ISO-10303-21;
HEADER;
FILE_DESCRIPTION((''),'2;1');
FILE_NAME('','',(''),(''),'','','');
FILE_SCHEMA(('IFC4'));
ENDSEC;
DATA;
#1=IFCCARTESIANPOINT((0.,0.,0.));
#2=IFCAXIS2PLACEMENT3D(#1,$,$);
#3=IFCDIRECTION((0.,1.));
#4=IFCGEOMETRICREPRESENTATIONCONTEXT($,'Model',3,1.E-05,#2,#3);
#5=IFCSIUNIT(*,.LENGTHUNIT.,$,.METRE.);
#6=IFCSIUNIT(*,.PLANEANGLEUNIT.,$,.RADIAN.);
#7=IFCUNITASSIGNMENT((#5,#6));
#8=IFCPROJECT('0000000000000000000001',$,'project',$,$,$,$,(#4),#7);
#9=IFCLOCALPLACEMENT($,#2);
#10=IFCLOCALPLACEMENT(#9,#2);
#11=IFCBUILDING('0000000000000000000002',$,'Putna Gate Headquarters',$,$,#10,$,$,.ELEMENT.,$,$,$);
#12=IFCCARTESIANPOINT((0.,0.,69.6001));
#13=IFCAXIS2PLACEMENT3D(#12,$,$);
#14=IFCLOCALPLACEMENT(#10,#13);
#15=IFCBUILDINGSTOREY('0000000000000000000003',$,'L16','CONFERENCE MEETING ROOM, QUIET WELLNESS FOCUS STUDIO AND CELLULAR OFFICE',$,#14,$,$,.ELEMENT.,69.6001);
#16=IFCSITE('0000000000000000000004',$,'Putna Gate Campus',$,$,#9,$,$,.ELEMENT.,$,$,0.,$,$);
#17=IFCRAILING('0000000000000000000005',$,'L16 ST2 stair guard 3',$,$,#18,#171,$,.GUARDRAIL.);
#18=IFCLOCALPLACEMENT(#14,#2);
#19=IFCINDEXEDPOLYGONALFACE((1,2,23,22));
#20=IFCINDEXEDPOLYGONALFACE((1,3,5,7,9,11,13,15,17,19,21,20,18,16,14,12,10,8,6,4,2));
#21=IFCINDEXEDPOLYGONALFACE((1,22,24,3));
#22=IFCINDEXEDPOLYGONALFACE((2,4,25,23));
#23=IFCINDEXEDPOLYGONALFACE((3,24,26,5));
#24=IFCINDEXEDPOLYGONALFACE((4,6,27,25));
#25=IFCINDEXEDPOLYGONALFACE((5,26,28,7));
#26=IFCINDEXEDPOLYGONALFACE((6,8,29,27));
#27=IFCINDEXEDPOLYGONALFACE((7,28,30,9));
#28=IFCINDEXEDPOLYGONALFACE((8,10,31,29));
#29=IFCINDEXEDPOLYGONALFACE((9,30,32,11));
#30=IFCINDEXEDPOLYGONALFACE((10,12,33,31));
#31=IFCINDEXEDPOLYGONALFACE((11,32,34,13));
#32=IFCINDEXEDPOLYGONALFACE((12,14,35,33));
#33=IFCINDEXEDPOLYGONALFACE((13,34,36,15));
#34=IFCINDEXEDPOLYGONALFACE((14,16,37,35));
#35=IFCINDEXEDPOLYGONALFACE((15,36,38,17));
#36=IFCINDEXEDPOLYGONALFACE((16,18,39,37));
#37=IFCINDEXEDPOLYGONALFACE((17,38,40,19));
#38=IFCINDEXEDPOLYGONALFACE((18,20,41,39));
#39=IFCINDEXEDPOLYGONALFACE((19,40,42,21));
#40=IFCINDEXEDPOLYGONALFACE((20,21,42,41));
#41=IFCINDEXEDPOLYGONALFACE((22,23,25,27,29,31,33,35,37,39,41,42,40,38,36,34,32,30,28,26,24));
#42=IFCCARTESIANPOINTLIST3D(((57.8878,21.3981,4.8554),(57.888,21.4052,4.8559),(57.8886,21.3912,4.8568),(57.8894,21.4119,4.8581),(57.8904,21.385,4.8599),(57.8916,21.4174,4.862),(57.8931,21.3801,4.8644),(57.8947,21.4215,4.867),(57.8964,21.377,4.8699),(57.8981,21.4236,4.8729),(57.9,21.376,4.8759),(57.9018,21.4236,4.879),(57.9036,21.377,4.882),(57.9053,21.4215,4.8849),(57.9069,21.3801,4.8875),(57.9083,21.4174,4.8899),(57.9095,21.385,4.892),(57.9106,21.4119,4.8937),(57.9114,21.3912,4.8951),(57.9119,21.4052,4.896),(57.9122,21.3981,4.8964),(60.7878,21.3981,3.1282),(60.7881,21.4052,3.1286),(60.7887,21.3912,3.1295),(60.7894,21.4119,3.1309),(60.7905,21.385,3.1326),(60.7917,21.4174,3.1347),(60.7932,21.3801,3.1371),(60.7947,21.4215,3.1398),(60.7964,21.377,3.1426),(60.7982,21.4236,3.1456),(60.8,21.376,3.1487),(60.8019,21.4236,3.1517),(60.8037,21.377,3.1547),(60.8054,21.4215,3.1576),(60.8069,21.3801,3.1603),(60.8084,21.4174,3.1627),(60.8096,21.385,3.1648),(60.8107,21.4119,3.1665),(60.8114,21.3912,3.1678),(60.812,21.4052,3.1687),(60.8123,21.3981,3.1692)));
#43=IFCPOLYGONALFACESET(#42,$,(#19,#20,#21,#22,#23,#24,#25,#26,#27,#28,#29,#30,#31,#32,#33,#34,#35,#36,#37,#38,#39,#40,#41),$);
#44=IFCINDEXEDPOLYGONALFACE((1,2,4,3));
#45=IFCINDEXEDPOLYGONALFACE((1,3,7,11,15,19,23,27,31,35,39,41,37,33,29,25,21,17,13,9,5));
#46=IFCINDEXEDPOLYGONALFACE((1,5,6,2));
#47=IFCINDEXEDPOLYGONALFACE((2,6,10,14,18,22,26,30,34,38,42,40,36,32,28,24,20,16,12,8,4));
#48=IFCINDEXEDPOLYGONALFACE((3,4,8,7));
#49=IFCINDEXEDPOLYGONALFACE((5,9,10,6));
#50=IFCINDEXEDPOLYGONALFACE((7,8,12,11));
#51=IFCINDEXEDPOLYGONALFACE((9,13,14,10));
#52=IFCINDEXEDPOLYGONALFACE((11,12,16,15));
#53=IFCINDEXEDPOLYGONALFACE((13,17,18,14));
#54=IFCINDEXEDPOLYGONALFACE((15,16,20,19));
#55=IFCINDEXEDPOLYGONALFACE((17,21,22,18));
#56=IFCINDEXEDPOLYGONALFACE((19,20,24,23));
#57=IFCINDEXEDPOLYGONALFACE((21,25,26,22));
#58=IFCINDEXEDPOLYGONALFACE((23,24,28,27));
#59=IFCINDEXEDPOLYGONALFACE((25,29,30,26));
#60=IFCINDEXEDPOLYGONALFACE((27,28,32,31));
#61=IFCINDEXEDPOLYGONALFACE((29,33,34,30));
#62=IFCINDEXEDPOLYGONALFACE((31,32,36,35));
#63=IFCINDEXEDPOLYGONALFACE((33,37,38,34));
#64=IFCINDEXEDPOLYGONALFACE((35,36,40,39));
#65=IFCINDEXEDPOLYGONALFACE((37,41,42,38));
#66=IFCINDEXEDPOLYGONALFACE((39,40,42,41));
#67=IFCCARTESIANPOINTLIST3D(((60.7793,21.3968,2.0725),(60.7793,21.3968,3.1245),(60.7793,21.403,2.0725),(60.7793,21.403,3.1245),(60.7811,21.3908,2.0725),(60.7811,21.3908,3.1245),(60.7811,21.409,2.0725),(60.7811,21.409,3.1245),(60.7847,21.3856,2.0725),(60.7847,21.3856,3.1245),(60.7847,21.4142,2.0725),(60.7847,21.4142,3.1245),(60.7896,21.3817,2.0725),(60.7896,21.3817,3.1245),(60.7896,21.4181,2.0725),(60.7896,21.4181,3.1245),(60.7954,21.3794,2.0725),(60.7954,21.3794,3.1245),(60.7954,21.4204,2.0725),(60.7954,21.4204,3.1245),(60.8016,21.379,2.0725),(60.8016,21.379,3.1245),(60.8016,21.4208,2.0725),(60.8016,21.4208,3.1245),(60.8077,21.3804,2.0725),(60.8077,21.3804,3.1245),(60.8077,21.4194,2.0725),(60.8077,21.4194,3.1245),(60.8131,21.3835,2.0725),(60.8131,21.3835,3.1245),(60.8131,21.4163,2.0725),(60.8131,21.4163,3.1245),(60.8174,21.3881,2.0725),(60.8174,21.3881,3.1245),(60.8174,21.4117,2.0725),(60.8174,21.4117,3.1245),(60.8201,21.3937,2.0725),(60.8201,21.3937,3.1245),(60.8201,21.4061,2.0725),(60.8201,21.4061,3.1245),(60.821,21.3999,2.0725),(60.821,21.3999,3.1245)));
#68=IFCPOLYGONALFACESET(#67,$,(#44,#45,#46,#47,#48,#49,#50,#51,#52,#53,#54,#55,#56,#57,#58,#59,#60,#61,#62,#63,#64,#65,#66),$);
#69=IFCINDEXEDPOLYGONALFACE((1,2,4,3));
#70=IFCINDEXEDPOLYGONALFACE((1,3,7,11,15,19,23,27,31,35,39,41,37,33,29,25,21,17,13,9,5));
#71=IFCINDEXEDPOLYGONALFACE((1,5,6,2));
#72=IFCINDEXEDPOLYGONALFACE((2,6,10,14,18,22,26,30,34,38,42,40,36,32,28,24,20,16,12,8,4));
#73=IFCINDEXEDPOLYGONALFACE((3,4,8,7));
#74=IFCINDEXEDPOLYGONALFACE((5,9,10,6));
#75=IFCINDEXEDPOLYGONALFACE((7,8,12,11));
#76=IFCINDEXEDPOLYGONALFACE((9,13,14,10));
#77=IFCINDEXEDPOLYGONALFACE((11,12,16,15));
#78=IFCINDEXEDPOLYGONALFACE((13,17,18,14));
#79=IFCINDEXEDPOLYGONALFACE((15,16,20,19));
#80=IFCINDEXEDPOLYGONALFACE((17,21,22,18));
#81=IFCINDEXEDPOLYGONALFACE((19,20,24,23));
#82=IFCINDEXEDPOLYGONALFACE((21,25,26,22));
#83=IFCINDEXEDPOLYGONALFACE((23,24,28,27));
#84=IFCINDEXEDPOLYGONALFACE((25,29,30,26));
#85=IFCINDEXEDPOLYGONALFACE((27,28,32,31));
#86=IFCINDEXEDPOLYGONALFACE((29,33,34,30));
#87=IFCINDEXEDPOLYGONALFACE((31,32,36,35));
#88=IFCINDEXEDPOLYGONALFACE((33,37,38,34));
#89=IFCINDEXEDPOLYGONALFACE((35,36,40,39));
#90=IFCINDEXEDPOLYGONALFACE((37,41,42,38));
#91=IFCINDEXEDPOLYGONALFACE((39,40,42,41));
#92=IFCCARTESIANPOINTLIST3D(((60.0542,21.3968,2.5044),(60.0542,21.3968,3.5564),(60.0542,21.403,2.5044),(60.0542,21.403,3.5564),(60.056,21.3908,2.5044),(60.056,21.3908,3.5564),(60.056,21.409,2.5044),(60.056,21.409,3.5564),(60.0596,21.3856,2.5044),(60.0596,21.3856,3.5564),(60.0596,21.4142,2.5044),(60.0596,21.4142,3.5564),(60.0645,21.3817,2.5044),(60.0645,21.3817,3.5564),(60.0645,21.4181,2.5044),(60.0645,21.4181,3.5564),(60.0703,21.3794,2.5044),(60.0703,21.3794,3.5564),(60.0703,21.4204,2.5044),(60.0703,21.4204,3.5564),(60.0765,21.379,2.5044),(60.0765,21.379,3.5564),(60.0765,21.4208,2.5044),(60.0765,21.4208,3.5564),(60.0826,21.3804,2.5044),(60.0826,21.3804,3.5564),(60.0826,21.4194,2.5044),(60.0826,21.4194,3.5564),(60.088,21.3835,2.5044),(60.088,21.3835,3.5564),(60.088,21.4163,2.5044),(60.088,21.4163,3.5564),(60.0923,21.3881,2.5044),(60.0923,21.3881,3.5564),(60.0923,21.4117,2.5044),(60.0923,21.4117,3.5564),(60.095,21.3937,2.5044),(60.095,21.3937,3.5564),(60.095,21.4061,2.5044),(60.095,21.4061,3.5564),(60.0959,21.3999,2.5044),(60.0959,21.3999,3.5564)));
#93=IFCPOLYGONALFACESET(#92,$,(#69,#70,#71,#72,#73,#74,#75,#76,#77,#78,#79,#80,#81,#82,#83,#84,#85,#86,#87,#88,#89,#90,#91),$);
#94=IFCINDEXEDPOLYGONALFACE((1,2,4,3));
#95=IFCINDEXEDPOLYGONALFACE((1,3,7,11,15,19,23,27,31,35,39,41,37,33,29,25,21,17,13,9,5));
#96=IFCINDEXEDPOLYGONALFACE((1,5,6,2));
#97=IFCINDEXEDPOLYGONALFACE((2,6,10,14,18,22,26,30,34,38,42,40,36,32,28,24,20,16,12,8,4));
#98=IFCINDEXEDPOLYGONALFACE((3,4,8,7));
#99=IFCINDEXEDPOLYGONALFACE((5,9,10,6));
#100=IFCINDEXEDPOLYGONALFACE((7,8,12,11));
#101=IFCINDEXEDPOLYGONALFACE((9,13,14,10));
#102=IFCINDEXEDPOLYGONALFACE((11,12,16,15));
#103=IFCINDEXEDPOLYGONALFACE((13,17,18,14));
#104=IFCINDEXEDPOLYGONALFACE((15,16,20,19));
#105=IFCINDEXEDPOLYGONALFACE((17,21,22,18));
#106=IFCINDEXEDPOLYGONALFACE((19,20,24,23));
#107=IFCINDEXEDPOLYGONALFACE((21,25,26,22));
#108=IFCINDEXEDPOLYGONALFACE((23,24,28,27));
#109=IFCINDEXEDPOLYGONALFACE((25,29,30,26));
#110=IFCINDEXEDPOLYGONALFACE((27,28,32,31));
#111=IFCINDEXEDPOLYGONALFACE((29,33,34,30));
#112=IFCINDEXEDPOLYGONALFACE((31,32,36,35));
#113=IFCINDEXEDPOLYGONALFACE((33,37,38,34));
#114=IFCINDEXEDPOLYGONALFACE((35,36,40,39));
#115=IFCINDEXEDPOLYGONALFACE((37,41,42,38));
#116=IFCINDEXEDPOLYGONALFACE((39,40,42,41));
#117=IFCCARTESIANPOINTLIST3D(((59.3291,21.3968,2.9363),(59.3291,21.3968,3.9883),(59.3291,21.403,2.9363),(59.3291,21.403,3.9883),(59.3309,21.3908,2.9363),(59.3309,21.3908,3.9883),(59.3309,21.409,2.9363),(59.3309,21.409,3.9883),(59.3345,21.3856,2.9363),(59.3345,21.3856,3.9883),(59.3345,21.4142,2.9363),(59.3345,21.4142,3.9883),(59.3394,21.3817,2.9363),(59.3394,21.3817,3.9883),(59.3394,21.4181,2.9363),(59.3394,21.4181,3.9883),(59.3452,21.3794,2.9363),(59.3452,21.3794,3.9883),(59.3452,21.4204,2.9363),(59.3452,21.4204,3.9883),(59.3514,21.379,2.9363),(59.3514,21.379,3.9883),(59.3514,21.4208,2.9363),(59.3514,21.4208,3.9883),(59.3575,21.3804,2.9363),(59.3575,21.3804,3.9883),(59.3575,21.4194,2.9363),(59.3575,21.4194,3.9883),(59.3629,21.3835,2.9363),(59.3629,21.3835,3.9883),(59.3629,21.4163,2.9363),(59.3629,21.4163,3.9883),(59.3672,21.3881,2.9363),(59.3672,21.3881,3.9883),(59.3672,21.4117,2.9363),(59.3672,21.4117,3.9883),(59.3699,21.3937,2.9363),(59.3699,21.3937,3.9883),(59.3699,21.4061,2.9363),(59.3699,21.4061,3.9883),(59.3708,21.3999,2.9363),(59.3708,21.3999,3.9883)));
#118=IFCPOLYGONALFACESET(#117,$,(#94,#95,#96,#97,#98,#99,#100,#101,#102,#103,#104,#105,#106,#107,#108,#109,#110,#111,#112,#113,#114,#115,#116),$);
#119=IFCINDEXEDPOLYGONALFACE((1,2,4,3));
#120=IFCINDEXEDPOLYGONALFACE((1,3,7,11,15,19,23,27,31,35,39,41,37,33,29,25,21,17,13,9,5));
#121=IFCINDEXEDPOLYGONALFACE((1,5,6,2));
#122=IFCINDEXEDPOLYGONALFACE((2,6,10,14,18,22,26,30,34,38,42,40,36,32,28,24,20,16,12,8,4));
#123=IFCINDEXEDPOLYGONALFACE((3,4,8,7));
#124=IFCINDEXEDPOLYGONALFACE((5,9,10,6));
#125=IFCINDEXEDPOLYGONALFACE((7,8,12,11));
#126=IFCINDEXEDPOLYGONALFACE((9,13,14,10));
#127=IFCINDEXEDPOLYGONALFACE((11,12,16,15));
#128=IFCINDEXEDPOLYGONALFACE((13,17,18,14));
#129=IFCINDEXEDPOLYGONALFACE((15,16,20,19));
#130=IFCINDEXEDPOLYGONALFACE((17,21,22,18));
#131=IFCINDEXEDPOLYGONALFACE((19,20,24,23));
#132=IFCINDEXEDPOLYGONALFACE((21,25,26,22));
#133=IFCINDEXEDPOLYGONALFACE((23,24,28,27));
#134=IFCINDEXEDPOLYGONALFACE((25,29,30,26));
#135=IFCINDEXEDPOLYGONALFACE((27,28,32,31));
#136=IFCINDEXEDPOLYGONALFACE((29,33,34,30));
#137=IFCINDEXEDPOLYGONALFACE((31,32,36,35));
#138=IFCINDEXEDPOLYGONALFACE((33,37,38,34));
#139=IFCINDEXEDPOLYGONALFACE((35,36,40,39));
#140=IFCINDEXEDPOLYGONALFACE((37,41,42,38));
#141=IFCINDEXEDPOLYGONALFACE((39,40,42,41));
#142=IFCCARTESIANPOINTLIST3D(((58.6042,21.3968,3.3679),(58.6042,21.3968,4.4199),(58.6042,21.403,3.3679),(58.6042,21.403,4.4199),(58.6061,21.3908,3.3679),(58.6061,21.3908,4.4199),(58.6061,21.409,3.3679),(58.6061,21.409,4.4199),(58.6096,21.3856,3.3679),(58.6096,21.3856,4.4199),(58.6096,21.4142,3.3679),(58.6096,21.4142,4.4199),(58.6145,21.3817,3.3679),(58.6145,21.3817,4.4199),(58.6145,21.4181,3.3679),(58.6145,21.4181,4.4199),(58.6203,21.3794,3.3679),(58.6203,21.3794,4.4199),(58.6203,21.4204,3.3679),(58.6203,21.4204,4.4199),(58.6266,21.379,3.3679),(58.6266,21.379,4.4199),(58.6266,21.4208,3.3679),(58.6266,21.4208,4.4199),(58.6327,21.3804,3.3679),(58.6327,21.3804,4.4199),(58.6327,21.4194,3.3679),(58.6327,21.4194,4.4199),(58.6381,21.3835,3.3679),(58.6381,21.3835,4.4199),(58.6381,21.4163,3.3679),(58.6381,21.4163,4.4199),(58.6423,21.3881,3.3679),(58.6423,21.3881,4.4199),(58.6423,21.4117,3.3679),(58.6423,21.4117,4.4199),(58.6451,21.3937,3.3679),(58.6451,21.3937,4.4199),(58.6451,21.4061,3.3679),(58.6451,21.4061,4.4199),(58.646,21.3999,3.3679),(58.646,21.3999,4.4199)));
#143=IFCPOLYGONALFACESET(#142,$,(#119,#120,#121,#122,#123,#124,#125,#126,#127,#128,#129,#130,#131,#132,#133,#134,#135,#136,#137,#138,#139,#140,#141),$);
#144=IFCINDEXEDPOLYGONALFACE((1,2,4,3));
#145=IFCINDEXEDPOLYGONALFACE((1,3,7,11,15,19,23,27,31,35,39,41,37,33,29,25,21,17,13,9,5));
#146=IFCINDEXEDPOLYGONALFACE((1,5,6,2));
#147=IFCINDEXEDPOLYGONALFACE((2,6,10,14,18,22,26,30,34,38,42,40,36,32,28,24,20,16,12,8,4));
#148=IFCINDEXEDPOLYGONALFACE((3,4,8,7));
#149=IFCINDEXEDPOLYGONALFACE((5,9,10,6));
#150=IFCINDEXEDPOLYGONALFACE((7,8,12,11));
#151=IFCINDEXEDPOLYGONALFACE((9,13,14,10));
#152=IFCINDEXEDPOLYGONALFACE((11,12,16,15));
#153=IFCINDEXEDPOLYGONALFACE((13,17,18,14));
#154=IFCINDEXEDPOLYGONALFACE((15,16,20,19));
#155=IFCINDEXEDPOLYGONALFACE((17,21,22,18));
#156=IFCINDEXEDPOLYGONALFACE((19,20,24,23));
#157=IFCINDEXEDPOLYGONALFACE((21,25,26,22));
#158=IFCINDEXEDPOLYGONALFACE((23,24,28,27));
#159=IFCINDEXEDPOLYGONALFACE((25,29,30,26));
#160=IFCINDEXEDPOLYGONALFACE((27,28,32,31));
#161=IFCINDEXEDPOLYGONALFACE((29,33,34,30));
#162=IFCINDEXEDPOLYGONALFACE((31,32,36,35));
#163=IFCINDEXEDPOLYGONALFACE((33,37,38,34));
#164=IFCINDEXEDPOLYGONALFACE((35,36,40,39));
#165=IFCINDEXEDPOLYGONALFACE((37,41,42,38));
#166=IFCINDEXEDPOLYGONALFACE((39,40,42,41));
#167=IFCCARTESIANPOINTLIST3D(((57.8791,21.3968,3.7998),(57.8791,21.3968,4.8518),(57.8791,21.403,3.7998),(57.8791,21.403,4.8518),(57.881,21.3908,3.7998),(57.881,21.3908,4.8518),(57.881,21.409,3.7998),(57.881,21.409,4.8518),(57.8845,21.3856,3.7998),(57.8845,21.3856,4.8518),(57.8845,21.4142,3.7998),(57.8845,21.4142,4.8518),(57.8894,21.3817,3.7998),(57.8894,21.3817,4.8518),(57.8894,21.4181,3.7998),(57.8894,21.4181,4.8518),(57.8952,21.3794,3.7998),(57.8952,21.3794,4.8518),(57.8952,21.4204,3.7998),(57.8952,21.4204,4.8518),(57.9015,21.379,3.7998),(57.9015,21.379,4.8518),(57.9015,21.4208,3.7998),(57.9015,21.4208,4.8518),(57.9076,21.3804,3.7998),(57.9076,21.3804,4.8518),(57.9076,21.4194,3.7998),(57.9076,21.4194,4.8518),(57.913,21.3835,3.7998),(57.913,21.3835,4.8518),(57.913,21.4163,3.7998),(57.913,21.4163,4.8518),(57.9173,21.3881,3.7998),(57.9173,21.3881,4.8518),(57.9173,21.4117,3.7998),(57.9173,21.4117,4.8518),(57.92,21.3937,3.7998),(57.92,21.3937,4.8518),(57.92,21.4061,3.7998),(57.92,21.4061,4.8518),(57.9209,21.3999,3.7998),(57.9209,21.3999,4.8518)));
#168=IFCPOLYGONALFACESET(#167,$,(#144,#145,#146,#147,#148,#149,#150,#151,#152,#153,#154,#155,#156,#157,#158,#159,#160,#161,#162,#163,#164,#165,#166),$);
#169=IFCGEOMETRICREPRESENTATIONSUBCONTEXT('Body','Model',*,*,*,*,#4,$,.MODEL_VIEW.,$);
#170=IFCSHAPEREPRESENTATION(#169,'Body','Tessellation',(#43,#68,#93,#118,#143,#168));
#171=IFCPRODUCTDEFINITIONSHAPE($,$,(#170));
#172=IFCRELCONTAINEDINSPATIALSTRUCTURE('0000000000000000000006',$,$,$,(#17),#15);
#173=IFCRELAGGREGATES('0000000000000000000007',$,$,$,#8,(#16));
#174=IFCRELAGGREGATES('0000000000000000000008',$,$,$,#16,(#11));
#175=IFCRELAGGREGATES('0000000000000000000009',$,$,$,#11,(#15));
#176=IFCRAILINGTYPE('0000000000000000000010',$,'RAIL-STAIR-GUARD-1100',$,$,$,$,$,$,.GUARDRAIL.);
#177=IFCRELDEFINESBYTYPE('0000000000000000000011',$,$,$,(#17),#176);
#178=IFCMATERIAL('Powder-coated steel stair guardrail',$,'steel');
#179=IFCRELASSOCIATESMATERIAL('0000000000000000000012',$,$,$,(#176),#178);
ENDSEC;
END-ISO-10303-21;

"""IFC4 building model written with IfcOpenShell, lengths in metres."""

from ifc_helpers import new_model, si_unit, direction, frame, origin, origin_2d, place, context, subcontext, project, spatial, circle, extrude, material, type_object, element, save


model = new_model("IFC4")

# Units and contexts
model_context = context("Model", 3, precision=1e-05, world=origin(), true_north=direction((0.0, 1.0)))
body_context = subcontext(model_context, "Body", "Model", "MODEL_VIEW")
ifc_project = project(units=[si_unit("LENGTHUNIT", "METRE"), si_unit("PLANEANGLEUNIT", "RADIAN")], contexts=[model_context])

# Site, building, storey
site_placement = place(None, origin())
site = spatial("IfcSite", under=ifc_project, at=site_placement, Name="Putna Gate Campus", CompositionType="ELEMENT", RefElevation=0.0)
building_placement = place(site_placement, origin())
building = spatial("IfcBuilding", under=site, at=building_placement, Name="Putna Gate Headquarters", CompositionType="ELEMENT")
storey_placement = place(building_placement, frame((0.0, 0.0, 69.6001)))
storey = spatial("IfcBuildingStorey", under=building, at=storey_placement, Name="L16", Description="CONFERENCE MEETING ROOM, QUIET WELLNESS FOCUS STUDIO AND CELLULAR OFFICE", CompositionType="ELEMENT", Elevation=69.6001)

# Railing
ifc_material_1 = material(Name="Powder-coated steel stair guardrail", Category="steel")
railing_type = type_object("IfcRailingType", Name="RAIL-STAIR-GUARD-1100", PredefinedType="GUARDRAIL", material=ifc_material_1)
railing_1_placement = place(storey_placement, frame((60.8, 21.3999, 2.0725)))
element("IfcRailing", 1, at=railing_1_placement, inside=storey, type_object=railing_type, Name="L16 ST2 stair guard 3", PredefinedType="GUARDRAIL", context=body_context, shape_type="SweptSolid", body=[
    extrude(circle(Radius=0.0239, at=origin_2d()), frame((0.0, 0.0, 1.0762), z_axis=(-0.85916, 0.0, 0.511706), x_axis=(0.0, -1.0, 0.0)), (0.0, 0.0, 1.0), 3.3755),
    extrude(circle(Radius=0.021, at=origin_2d()), origin(), (0.0, 0.0, 1.0), 1.052),
    extrude(circle(Radius=0.021, at=origin_2d()), frame((-0.7251, 0.0, 0.4319)), (0.0, 0.0, 1.0), 1.052),
    extrude(circle(Radius=0.021, at=origin_2d()), frame((-1.4502, 0.0, 0.8638)), (0.0, 0.0, 1.0), 1.052),
    extrude(circle(Radius=0.021, at=origin_2d()), frame((-2.175, 0.0, 1.2954)), (0.0, 0.0, 1.0), 1.052),
    extrude(circle(Radius=0.021, at=origin_2d()), frame((-2.9001, 0.0, 1.7273)), (0.0, 0.0, 1.0), 1.052),
])

save(model, "model.ifc")
